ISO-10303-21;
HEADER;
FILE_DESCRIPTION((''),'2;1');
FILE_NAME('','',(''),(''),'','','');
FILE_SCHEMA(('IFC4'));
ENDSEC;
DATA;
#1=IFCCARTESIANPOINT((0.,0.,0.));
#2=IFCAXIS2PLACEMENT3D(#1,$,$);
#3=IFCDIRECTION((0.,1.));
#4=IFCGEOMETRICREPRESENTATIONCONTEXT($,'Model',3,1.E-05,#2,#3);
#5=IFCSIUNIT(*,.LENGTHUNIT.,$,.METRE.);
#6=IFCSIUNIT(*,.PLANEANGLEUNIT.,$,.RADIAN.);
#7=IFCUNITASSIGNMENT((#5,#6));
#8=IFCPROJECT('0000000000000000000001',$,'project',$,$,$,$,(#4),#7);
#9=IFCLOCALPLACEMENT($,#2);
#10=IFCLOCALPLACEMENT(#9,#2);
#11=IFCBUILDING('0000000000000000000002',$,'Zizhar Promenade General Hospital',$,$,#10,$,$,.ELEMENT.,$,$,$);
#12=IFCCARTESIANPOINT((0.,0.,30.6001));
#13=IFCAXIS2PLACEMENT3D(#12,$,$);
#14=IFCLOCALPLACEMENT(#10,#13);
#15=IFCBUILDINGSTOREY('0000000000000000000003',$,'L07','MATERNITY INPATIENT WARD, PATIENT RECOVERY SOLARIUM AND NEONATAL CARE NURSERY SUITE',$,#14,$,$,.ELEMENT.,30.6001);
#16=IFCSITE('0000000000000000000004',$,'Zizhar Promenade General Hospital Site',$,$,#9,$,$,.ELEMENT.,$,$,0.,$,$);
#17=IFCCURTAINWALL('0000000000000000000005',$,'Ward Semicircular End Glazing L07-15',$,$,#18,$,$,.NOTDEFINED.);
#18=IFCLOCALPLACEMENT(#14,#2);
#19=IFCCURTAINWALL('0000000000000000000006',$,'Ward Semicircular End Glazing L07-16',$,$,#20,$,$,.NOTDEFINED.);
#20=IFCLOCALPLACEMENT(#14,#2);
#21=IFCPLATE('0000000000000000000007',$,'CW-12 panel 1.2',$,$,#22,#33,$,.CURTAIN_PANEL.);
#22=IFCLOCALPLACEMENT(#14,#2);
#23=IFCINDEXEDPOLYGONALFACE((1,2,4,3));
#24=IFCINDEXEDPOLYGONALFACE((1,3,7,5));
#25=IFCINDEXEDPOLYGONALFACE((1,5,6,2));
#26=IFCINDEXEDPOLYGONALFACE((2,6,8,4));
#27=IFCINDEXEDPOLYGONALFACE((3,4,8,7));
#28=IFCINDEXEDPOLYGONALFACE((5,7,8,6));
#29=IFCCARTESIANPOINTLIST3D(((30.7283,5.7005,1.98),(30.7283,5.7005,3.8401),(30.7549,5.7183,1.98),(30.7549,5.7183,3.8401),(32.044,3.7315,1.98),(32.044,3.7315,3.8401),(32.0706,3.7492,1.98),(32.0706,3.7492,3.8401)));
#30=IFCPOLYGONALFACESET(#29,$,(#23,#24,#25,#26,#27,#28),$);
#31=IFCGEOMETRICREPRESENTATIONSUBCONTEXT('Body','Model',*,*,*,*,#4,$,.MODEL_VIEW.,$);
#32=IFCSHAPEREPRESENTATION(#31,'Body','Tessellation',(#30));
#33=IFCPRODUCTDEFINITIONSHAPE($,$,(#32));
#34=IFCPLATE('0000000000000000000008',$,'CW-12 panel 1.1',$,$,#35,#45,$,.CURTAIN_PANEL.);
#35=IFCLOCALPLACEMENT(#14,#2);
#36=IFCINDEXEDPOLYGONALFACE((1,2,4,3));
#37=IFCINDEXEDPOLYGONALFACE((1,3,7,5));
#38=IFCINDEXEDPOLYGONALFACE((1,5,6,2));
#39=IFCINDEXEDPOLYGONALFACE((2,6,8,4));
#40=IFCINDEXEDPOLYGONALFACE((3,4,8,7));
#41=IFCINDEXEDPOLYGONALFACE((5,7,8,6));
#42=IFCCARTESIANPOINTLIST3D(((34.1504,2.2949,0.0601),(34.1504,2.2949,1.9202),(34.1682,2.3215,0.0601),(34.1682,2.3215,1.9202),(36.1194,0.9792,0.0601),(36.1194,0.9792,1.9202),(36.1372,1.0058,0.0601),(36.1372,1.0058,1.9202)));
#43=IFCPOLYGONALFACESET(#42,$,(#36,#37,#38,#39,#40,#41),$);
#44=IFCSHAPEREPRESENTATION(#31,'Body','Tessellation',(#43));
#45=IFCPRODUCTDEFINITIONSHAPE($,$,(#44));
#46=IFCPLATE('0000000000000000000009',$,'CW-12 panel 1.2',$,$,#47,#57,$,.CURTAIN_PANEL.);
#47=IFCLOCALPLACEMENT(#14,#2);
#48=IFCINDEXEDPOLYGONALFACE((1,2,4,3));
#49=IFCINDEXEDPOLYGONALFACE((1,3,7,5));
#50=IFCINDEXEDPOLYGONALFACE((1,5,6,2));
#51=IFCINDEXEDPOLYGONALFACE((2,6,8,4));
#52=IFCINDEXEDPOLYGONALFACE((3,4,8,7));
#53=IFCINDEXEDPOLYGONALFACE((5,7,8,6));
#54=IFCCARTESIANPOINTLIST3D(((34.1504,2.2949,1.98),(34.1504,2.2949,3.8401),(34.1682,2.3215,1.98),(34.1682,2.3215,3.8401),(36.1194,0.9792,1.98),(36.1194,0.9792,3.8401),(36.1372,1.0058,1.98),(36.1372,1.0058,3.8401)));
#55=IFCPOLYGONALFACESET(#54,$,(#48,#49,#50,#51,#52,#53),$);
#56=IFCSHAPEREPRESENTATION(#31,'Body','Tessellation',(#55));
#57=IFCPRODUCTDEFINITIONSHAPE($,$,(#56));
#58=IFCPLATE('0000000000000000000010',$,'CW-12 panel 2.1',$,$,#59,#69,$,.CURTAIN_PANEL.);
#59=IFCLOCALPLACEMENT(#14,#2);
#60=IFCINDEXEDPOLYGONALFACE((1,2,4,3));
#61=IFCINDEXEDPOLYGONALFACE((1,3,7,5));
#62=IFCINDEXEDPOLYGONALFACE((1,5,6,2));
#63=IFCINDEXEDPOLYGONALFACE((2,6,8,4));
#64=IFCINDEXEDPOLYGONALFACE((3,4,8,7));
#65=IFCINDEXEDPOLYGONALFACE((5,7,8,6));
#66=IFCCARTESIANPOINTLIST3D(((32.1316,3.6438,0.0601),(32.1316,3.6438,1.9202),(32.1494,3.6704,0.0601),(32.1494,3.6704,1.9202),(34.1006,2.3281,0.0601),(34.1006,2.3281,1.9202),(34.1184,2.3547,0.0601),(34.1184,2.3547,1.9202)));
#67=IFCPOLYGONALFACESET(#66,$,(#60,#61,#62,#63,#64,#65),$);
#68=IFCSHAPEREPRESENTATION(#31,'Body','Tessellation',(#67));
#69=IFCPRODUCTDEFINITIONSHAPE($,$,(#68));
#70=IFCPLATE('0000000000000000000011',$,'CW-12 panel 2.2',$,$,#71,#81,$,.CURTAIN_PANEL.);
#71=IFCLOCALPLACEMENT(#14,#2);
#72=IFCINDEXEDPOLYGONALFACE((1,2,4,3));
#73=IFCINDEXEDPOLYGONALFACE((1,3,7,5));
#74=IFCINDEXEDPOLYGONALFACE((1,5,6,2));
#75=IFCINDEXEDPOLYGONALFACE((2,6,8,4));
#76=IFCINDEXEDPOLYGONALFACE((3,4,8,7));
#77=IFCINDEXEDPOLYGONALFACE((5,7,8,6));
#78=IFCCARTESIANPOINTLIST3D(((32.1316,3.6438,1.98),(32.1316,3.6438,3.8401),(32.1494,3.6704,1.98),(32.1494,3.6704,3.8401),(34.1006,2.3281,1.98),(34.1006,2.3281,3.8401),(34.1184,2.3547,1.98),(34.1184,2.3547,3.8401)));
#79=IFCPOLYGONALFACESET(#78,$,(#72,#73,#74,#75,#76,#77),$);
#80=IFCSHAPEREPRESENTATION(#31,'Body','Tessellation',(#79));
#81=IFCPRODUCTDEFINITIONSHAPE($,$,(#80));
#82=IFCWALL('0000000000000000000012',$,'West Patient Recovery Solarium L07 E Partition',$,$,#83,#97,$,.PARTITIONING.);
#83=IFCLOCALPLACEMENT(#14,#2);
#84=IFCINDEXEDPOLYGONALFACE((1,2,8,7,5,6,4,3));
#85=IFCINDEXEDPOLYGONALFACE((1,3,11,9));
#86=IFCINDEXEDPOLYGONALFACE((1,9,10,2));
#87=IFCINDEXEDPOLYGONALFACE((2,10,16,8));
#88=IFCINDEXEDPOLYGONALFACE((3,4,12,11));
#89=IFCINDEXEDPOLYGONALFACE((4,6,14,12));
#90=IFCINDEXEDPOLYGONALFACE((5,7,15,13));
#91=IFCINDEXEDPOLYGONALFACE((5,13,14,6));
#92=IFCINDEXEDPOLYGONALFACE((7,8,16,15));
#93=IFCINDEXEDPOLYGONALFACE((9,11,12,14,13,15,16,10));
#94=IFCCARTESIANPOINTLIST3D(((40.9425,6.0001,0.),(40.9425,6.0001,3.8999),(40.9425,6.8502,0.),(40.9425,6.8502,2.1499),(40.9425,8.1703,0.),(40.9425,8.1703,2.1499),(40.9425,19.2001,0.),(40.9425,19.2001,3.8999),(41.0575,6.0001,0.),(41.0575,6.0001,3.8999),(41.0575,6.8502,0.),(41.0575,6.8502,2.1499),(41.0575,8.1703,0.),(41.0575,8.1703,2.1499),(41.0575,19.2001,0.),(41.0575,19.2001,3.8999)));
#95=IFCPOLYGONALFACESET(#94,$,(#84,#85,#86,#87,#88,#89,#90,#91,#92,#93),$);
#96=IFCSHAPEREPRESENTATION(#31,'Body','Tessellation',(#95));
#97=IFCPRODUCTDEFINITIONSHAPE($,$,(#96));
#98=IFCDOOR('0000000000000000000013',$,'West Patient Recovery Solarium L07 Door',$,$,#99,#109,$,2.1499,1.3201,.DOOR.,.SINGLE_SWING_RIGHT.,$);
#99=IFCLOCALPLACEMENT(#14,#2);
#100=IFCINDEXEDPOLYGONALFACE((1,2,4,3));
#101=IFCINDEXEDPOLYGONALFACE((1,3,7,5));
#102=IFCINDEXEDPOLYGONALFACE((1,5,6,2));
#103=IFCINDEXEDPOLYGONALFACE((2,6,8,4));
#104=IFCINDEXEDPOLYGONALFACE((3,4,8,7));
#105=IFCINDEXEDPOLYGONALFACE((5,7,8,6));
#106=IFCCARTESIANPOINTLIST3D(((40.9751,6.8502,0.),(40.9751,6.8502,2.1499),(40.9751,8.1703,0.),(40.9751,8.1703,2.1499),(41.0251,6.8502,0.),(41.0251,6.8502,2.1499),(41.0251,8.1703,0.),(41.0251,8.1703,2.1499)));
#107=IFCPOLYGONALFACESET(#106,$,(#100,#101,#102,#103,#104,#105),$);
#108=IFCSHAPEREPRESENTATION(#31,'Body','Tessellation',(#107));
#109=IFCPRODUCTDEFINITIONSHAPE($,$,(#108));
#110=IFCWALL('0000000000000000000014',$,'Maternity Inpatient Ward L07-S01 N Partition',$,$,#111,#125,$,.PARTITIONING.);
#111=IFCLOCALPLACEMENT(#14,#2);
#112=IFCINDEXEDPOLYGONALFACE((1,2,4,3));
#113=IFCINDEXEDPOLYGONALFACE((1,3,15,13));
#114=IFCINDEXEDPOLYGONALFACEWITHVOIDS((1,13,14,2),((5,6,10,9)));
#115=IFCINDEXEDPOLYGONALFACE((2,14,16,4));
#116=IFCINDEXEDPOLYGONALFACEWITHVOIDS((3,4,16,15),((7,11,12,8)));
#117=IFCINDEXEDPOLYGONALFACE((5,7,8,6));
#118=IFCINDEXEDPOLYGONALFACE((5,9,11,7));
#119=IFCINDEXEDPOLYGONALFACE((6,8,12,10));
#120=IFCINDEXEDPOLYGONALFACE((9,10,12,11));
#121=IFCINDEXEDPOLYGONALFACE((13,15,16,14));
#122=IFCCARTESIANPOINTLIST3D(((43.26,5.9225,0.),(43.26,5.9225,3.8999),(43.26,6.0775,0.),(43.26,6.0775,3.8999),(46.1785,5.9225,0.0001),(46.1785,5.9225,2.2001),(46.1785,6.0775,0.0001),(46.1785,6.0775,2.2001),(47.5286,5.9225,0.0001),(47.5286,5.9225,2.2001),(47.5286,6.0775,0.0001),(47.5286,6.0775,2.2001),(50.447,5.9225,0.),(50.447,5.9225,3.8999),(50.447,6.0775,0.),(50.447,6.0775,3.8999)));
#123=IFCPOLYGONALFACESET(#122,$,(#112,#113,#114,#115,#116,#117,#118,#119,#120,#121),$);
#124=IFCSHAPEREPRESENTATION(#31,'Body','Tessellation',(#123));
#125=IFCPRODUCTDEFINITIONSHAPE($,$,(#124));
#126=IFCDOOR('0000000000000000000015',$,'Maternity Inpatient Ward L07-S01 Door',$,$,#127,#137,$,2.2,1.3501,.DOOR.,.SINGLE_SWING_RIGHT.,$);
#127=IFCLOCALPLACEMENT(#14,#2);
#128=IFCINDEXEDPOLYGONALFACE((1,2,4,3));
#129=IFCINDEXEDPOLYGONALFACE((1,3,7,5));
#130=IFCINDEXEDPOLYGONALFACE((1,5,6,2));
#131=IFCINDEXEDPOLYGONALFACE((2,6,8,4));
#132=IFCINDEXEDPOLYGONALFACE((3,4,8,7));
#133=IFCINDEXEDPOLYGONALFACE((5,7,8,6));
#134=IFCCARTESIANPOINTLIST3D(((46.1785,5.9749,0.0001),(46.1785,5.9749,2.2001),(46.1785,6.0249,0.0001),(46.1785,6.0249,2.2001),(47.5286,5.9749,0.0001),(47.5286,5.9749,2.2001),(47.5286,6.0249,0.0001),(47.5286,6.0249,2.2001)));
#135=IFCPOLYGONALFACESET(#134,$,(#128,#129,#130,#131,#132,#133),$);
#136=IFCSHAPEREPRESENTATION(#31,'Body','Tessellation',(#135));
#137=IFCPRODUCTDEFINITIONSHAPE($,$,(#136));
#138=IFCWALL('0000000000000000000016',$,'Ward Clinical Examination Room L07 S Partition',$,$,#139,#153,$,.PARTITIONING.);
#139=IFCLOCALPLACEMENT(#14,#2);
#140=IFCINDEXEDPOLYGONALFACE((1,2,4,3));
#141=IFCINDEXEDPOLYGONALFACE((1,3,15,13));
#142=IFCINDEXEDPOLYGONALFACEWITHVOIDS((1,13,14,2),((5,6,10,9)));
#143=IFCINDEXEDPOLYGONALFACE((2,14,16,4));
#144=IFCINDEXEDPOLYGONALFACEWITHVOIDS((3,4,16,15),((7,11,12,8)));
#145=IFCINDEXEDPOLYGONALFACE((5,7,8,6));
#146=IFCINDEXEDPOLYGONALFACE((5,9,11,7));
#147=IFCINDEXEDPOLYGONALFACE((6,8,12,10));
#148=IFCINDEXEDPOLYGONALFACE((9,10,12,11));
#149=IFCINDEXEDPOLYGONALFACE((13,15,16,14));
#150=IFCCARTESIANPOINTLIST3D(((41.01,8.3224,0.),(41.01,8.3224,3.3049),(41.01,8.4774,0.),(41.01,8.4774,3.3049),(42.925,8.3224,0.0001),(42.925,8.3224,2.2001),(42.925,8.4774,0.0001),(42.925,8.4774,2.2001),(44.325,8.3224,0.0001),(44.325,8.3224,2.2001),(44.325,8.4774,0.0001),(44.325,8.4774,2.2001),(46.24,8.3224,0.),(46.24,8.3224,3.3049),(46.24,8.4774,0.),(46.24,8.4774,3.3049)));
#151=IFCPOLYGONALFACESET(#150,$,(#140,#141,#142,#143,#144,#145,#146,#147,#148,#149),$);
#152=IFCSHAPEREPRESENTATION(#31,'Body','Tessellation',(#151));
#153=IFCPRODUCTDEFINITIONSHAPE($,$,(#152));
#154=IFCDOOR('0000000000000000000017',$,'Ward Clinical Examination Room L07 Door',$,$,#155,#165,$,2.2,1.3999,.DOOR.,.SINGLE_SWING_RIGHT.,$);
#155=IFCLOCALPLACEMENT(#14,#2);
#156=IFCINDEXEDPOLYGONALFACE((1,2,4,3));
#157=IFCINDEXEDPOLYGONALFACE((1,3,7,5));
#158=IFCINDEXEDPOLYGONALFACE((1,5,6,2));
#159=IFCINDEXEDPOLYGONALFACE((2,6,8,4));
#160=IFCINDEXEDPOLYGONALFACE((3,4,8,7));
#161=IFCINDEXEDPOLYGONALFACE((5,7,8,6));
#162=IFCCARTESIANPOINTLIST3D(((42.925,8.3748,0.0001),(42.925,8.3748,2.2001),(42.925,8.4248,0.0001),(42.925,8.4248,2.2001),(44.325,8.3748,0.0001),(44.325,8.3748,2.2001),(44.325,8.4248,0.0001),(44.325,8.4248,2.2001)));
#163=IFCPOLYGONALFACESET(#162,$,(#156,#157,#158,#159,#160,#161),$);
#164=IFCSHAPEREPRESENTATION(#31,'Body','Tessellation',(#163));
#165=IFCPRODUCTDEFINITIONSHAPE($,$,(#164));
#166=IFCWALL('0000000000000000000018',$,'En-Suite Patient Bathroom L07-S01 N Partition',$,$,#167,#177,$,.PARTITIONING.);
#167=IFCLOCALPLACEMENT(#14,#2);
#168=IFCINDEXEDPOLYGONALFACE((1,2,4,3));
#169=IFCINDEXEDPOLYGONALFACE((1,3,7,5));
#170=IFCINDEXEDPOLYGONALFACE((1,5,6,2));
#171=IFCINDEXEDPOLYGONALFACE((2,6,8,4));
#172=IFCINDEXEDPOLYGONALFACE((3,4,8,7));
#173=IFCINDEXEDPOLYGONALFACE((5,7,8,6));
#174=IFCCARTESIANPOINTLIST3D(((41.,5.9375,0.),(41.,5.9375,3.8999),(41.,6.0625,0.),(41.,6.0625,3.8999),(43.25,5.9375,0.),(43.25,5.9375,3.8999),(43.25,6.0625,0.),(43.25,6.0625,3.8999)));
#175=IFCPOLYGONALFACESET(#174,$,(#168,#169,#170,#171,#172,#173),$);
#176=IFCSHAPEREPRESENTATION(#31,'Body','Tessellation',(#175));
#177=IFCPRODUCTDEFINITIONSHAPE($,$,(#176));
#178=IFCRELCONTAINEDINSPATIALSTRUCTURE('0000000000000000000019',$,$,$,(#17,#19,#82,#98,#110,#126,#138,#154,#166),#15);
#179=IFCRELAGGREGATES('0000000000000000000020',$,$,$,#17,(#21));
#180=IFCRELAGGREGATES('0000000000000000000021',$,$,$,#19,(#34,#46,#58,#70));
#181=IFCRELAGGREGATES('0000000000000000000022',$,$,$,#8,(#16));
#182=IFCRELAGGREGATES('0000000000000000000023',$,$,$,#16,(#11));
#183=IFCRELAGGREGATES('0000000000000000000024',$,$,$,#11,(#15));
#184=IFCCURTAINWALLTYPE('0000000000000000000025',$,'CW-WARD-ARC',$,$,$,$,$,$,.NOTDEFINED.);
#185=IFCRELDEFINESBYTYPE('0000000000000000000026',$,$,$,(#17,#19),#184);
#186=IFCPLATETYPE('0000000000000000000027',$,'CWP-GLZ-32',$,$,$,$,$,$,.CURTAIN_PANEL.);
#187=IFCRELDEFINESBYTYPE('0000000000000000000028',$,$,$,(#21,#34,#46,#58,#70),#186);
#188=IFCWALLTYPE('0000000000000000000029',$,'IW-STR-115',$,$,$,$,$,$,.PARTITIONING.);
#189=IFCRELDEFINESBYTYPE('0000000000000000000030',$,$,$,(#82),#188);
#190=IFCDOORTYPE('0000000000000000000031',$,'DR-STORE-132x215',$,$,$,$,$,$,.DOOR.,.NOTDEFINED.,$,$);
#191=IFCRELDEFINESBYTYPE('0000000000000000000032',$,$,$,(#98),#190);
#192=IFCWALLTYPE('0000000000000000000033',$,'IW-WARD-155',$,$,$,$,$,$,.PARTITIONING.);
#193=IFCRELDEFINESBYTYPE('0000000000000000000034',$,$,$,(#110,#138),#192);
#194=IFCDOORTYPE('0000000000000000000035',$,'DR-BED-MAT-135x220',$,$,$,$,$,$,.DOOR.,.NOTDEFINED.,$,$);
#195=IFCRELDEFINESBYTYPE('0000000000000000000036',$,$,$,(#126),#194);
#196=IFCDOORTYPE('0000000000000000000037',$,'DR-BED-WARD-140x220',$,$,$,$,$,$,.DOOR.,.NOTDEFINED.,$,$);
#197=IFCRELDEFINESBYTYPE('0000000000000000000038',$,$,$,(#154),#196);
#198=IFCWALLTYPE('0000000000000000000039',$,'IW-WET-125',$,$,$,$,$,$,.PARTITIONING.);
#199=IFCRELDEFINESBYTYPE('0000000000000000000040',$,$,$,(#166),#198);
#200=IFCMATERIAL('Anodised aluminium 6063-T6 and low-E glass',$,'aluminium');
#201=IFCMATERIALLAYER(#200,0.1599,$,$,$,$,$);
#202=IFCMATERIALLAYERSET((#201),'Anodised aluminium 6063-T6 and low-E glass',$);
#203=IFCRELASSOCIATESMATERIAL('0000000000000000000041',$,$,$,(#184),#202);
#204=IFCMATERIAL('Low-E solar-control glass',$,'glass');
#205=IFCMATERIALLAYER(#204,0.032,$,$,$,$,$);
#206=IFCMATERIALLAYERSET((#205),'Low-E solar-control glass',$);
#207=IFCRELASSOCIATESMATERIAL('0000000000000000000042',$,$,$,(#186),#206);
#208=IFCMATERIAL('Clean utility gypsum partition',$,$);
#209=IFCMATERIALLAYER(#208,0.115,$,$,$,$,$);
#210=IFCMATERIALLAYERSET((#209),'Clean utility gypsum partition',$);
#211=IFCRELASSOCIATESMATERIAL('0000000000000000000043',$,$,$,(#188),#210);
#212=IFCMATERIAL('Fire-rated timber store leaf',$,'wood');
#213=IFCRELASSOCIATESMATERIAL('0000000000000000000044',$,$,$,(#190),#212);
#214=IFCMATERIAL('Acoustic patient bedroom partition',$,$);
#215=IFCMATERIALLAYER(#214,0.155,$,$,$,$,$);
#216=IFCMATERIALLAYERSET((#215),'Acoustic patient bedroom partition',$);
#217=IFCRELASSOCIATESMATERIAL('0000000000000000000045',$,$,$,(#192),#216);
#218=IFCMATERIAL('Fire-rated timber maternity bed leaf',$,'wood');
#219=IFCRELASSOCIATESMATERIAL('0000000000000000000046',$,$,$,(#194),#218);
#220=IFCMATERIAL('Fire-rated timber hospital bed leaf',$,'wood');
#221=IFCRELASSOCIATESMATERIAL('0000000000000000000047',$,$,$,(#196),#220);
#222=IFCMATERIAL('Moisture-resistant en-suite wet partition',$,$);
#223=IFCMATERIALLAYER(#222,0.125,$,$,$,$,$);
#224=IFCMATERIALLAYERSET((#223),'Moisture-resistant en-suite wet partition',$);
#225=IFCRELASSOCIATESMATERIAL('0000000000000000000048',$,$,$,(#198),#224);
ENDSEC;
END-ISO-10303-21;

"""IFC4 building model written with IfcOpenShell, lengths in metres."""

from ifc_helpers import new_model, si_unit, direction, frame, frame_2d, origin, origin_2d, place, context, subcontext, project, spatial, rectangle, extrude, material, layer, layer_set, type_object, element, fill, aggregate, save


model = new_model("IFC4")

# Units and contexts
model_context = context("Model", 3, precision=1e-05, world=origin(), true_north=direction((0.0, 1.0)))
body_context = subcontext(model_context, "Body", "Model", "MODEL_VIEW")
ifc_project = project(units=[si_unit("LENGTHUNIT", "METRE"), si_unit("PLANEANGLEUNIT", "RADIAN")], contexts=[model_context])

# Site, building, storey
site_placement = place(None, origin())
site = spatial("IfcSite", under=ifc_project, at=site_placement, Name="Zizhar Promenade General Hospital Site", CompositionType="ELEMENT", RefElevation=0.0)
building_placement = place(site_placement, origin())
building = spatial("IfcBuilding", under=site, at=building_placement, Name="Zizhar Promenade General Hospital", CompositionType="ELEMENT")
storey_placement = place(building_placement, frame((0.0, 0.0, 30.6001)))
storey = spatial("IfcBuildingStorey", under=building, at=storey_placement, Name="L07", Description="MATERNITY INPATIENT WARD, PATIENT RECOVERY SOLARIUM AND NEONATAL CARE NURSERY SUITE", CompositionType="ELEMENT", Elevation=30.6001)

# Curtain wall
ifc_material_1 = material(Name="Anodised aluminium 6063-T6 and low-E glass", Category="aluminium")
ifc_layer_1 = layer(ifc_material_1, 0.1599)
ifc_layer_set_1 = layer_set([ifc_layer_1], Name="Anodised aluminium 6063-T6 and low-E glass")
curtain_wall_type = type_object("IfcCurtainWallType", Name="CW-WARD-ARC", PredefinedType="NOTDEFINED", material=ifc_layer_set_1)
curtain_wall_1_placement = place(storey_placement, origin())
curtain_wall_1 = element("IfcCurtainWall", 1, at=curtain_wall_1_placement, inside=storey, type_object=curtain_wall_type, Name="Ward Semicircular End Glazing L07-15", PredefinedType="NOTDEFINED")

# Curtain wall
curtain_wall_2_placement = place(storey_placement, origin())
curtain_wall_2 = element("IfcCurtainWall", 2, at=curtain_wall_2_placement, inside=storey, type_object=curtain_wall_type, Name="Ward Semicircular End Glazing L07-16", PredefinedType="NOTDEFINED")

# Plates
ifc_material_2 = material(Name="Low-E solar-control glass", Category="glass")
ifc_layer_2 = layer(ifc_material_2, 0.032)
ifc_layer_set_2 = layer_set([ifc_layer_2], Name="Low-E solar-control glass")
plate_type = type_object("IfcPlateType", Name="CWP-GLZ-32", PredefinedType="CURTAIN_PANEL", material=ifc_layer_set_2)
plate_1_placement = place(storey_placement, frame((31.3994, 4.7249, 1.98), z_axis=(0.0, 0.0, 1.0), x_axis=(-0.555582, 0.831462, 0.0)))
plate_1 = element("IfcPlate", 3, at=plate_1_placement, type_object=plate_type, Name="CW-12 panel 1.2", PredefinedType="CURTAIN_PANEL", context=body_context, shape_type="SweptSolid", body=[
    extrude(rectangle(XDim=2.3682, YDim=0.032, at=origin_2d()), origin(), (0.0, 0.0, 1.0), 1.8601),
])
aggregate(curtain_wall_1, [plate_1])
plate_2_placement = place(storey_placement, frame((35.1438, 1.6504, 0.0601), z_axis=(0.0, 0.0, 1.0), x_axis=(-0.831462, 0.555582, 0.0)))
plate_2 = element("IfcPlate", 4, at=plate_2_placement, type_object=plate_type, Name="CW-12 panel 1.1", PredefinedType="CURTAIN_PANEL", context=body_context, shape_type="SweptSolid", body=[
    extrude(rectangle(XDim=2.3682, YDim=0.032, at=origin_2d()), origin(), (0.0, 0.0, 1.0), 1.8601),
])
plate_3_placement = place(storey_placement, frame((35.1438, 1.6504, 1.98), z_axis=(0.0, 0.0, 1.0), x_axis=(-0.831462, 0.555582, 0.0)))
plate_3 = element("IfcPlate", 5, at=plate_3_placement, type_object=plate_type, Name="CW-12 panel 1.2", PredefinedType="CURTAIN_PANEL", context=body_context, shape_type="SweptSolid", body=[
    extrude(rectangle(XDim=2.3682, YDim=0.032, at=origin_2d()), origin(), (0.0, 0.0, 1.0), 1.8601),
])
plate_4_placement = place(storey_placement, frame((33.125, 2.9993, 0.0601), z_axis=(0.0, 0.0, 1.0), x_axis=(-0.831462, 0.555582, 0.0)))
plate_4 = element("IfcPlate", 6, at=plate_4_placement, type_object=plate_type, Name="CW-12 panel 2.1", PredefinedType="CURTAIN_PANEL", context=body_context, shape_type="SweptSolid", body=[
    extrude(rectangle(XDim=2.3682, YDim=0.032, at=origin_2d()), origin(), (0.0, 0.0, 1.0), 1.8601),
])
plate_5_placement = place(storey_placement, frame((33.125, 2.9993, 1.98), z_axis=(0.0, 0.0, 1.0), x_axis=(-0.831462, 0.555582, 0.0)))
plate_5 = element("IfcPlate", 7, at=plate_5_placement, type_object=plate_type, Name="CW-12 panel 2.2", PredefinedType="CURTAIN_PANEL", context=body_context, shape_type="SweptSolid", body=[
    extrude(rectangle(XDim=2.3682, YDim=0.032, at=origin_2d()), origin(), (0.0, 0.0, 1.0), 1.8601),
])
aggregate(curtain_wall_2, [plate_2, plate_3, plate_4, plate_5])

# Walls, openings, doors
ifc_material_3 = material(Name="Clean utility gypsum partition")
ifc_layer_3 = layer(ifc_material_3, 0.115)
ifc_layer_set_3 = layer_set([ifc_layer_3], Name="Clean utility gypsum partition")
wall_type_1 = type_object("IfcWallType", Name="IW-STR-115", PredefinedType="PARTITIONING", material=ifc_layer_set_3)
wall_1_placement = place(storey_placement, frame((41.0, 6.0, 0.0), z_axis=(0.0, 0.0, 1.0), x_axis=(0.0, 1.0, 0.0)))
wall_1 = element("IfcWall", 8, at=wall_1_placement, inside=storey, type_object=wall_type_1, Name="West Patient Recovery Solarium L07 E Partition", PredefinedType="PARTITIONING", context=body_context, shape_type="SweptSolid", body=[
    extrude(rectangle(XDim=13.2, YDim=0.115, at=frame_2d((6.6001, 0.0))), origin(), (0.0, 0.0, 1.0), 3.8999),
])
opening_1_placement = place(wall_1_placement, frame((0.8501, 0.0, 0.0)))
opening_1 = element("IfcOpeningElement", 9, at=opening_1_placement, cuts=wall_1, PredefinedType="OPENING", context=body_context, shape_type="SweptSolid", body=[
    extrude(rectangle(XDim=1.3201, YDim=2.1499, at=frame_2d((0.6602, 1.075))), frame((0.0, 0.0674, 0.0), z_axis=(0.0, -1.0, 0.0), x_axis=(1.0, 0.0, 0.0)), (0.0, 0.0, 1.0), 0.135),
])
ifc_material_4 = material(Name="Fire-rated timber store leaf", Category="wood")
door_type_1 = type_object("IfcDoorType", Name="DR-STORE-132x215", OperationType="NOTDEFINED", PredefinedType="DOOR", material=ifc_material_4)
door_1_placement = place(opening_1_placement, origin())
door_1 = element("IfcDoor", 10, at=door_1_placement, inside=storey, type_object=door_type_1, Name="West Patient Recovery Solarium L07 Door", OperationType="SINGLE_SWING_RIGHT", OverallHeight=2.1499, OverallWidth=1.3201, PredefinedType="DOOR", context=body_context, shape_type="SweptSolid", body=[
    extrude(rectangle(XDim=1.3201, YDim=2.1499, at=frame_2d((0.6602, 1.075))), frame((0.0, 0.0249, 0.0), z_axis=(0.0, -1.0, 0.0), x_axis=(1.0, 0.0, 0.0)), (0.0, 0.0, 1.0), 0.05),
])
fill(opening_1, door_1)
ifc_material_5 = material(Name="Acoustic patient bedroom partition")
ifc_layer_4 = layer(ifc_material_5, 0.155)
ifc_layer_set_4 = layer_set([ifc_layer_4], Name="Acoustic patient bedroom partition")
wall_type_2 = type_object("IfcWallType", Name="IW-WARD-155", PredefinedType="PARTITIONING", material=ifc_layer_set_4)
wall_2_placement = place(storey_placement, frame((43.26, 6.0, 0.0), z_axis=(0.0, 0.0, 1.0), x_axis=(1.0, 0.0, 0.0)))
wall_2 = element("IfcWall", 11, at=wall_2_placement, inside=storey, type_object=wall_type_2, Name="Maternity Inpatient Ward L07-S01 N Partition", PredefinedType="PARTITIONING", context=body_context, shape_type="SweptSolid", body=[
    extrude(rectangle(XDim=7.187, YDim=0.155, at=frame_2d((3.5935, 0.0))), origin(), (0.0, 0.0, 1.0), 3.8999),
])
opening_2_placement = place(wall_2_placement, frame((2.9185, 0.0, 0.0)))
opening_2 = element("IfcOpeningElement", 12, at=opening_2_placement, cuts=wall_2, PredefinedType="OPENING", context=body_context, shape_type="SweptSolid", body=[
    extrude(rectangle(XDim=1.3501, YDim=2.2, at=frame_2d((0.675, 1.1001))), frame((0.0, 0.0874, 0.0), z_axis=(0.0, -1.0, 0.0), x_axis=(1.0, 0.0, 0.0)), (0.0, 0.0, 1.0), 0.175),
])
ifc_material_6 = material(Name="Fire-rated timber maternity bed leaf", Category="wood")
door_type_2 = type_object("IfcDoorType", Name="DR-BED-MAT-135x220", OperationType="NOTDEFINED", PredefinedType="DOOR", material=ifc_material_6)
door_2_placement = place(opening_2_placement, origin())
door_2 = element("IfcDoor", 13, at=door_2_placement, inside=storey, type_object=door_type_2, Name="Maternity Inpatient Ward L07-S01 Door", OperationType="SINGLE_SWING_RIGHT", OverallHeight=2.2, OverallWidth=1.3501, PredefinedType="DOOR", context=body_context, shape_type="SweptSolid", body=[
    extrude(rectangle(XDim=1.3501, YDim=2.2, at=frame_2d((0.675, 1.1001))), frame((0.0, 0.0249, 0.0), z_axis=(0.0, -1.0, 0.0), x_axis=(1.0, 0.0, 0.0)), (0.0, 0.0, 1.0), 0.05),
])
fill(opening_2, door_2)
wall_3_placement = place(storey_placement, frame((41.01, 8.3999, 0.0), z_axis=(0.0, 0.0, 1.0), x_axis=(1.0, 0.0, 0.0)))
wall_3 = element("IfcWall", 14, at=wall_3_placement, inside=storey, type_object=wall_type_2, Name="Ward Clinical Examination Room L07 S Partition", PredefinedType="PARTITIONING", context=body_context, shape_type="SweptSolid", body=[
    extrude(rectangle(XDim=5.23, YDim=0.155, at=frame_2d((2.615, 0.0))), origin(), (0.0, 0.0, 1.0), 3.3049),
])
opening_3_placement = place(wall_3_placement, frame((1.915, 0.0, 0.0)))
opening_3 = element("IfcOpeningElement", 15, at=opening_3_placement, cuts=wall_3, PredefinedType="OPENING", context=body_context, shape_type="SweptSolid", body=[
    extrude(rectangle(XDim=1.3999, YDim=2.2, at=frame_2d((0.7, 1.1001))), frame((0.0, 0.0874, 0.0), z_axis=(0.0, -1.0, 0.0), x_axis=(1.0, 0.0, 0.0)), (0.0, 0.0, 1.0), 0.175),
])
ifc_material_7 = material(Name="Fire-rated timber hospital bed leaf", Category="wood")
door_type_3 = type_object("IfcDoorType", Name="DR-BED-WARD-140x220", OperationType="NOTDEFINED", PredefinedType="DOOR", material=ifc_material_7)
door_3_placement = place(opening_3_placement, origin())
door_3 = element("IfcDoor", 16, at=door_3_placement, inside=storey, type_object=door_type_3, Name="Ward Clinical Examination Room L07 Door", OperationType="SINGLE_SWING_RIGHT", OverallHeight=2.2, OverallWidth=1.3999, PredefinedType="DOOR", context=body_context, shape_type="SweptSolid", body=[
    extrude(rectangle(XDim=1.3999, YDim=2.2, at=frame_2d((0.7, 1.1001))), frame((0.0, 0.0249, 0.0), z_axis=(0.0, -1.0, 0.0), x_axis=(1.0, 0.0, 0.0)), (0.0, 0.0, 1.0), 0.05),
])
fill(opening_3, door_3)

# Wall
ifc_material_8 = material(Name="Moisture-resistant en-suite wet partition")
ifc_layer_5 = layer(ifc_material_8, 0.125)
ifc_layer_set_5 = layer_set([ifc_layer_5], Name="Moisture-resistant en-suite wet partition")
wall_type_3 = type_object("IfcWallType", Name="IW-WET-125", PredefinedType="PARTITIONING", material=ifc_layer_set_5)
wall_4_placement = place(storey_placement, frame((41.0, 6.0, 0.0), z_axis=(0.0, 0.0, 1.0), x_axis=(1.0, 0.0, 0.0)))
element("IfcWall", 17, at=wall_4_placement, inside=storey, type_object=wall_type_3, Name="En-Suite Patient Bathroom L07-S01 N Partition", PredefinedType="PARTITIONING", context=body_context, shape_type="SweptSolid", body=[
    extrude(rectangle(XDim=2.25, YDim=0.125, at=frame_2d((1.125, 0.0))), origin(), (0.0, 0.0, 1.0), 3.8999),
])

save(model, "model.ifc")
